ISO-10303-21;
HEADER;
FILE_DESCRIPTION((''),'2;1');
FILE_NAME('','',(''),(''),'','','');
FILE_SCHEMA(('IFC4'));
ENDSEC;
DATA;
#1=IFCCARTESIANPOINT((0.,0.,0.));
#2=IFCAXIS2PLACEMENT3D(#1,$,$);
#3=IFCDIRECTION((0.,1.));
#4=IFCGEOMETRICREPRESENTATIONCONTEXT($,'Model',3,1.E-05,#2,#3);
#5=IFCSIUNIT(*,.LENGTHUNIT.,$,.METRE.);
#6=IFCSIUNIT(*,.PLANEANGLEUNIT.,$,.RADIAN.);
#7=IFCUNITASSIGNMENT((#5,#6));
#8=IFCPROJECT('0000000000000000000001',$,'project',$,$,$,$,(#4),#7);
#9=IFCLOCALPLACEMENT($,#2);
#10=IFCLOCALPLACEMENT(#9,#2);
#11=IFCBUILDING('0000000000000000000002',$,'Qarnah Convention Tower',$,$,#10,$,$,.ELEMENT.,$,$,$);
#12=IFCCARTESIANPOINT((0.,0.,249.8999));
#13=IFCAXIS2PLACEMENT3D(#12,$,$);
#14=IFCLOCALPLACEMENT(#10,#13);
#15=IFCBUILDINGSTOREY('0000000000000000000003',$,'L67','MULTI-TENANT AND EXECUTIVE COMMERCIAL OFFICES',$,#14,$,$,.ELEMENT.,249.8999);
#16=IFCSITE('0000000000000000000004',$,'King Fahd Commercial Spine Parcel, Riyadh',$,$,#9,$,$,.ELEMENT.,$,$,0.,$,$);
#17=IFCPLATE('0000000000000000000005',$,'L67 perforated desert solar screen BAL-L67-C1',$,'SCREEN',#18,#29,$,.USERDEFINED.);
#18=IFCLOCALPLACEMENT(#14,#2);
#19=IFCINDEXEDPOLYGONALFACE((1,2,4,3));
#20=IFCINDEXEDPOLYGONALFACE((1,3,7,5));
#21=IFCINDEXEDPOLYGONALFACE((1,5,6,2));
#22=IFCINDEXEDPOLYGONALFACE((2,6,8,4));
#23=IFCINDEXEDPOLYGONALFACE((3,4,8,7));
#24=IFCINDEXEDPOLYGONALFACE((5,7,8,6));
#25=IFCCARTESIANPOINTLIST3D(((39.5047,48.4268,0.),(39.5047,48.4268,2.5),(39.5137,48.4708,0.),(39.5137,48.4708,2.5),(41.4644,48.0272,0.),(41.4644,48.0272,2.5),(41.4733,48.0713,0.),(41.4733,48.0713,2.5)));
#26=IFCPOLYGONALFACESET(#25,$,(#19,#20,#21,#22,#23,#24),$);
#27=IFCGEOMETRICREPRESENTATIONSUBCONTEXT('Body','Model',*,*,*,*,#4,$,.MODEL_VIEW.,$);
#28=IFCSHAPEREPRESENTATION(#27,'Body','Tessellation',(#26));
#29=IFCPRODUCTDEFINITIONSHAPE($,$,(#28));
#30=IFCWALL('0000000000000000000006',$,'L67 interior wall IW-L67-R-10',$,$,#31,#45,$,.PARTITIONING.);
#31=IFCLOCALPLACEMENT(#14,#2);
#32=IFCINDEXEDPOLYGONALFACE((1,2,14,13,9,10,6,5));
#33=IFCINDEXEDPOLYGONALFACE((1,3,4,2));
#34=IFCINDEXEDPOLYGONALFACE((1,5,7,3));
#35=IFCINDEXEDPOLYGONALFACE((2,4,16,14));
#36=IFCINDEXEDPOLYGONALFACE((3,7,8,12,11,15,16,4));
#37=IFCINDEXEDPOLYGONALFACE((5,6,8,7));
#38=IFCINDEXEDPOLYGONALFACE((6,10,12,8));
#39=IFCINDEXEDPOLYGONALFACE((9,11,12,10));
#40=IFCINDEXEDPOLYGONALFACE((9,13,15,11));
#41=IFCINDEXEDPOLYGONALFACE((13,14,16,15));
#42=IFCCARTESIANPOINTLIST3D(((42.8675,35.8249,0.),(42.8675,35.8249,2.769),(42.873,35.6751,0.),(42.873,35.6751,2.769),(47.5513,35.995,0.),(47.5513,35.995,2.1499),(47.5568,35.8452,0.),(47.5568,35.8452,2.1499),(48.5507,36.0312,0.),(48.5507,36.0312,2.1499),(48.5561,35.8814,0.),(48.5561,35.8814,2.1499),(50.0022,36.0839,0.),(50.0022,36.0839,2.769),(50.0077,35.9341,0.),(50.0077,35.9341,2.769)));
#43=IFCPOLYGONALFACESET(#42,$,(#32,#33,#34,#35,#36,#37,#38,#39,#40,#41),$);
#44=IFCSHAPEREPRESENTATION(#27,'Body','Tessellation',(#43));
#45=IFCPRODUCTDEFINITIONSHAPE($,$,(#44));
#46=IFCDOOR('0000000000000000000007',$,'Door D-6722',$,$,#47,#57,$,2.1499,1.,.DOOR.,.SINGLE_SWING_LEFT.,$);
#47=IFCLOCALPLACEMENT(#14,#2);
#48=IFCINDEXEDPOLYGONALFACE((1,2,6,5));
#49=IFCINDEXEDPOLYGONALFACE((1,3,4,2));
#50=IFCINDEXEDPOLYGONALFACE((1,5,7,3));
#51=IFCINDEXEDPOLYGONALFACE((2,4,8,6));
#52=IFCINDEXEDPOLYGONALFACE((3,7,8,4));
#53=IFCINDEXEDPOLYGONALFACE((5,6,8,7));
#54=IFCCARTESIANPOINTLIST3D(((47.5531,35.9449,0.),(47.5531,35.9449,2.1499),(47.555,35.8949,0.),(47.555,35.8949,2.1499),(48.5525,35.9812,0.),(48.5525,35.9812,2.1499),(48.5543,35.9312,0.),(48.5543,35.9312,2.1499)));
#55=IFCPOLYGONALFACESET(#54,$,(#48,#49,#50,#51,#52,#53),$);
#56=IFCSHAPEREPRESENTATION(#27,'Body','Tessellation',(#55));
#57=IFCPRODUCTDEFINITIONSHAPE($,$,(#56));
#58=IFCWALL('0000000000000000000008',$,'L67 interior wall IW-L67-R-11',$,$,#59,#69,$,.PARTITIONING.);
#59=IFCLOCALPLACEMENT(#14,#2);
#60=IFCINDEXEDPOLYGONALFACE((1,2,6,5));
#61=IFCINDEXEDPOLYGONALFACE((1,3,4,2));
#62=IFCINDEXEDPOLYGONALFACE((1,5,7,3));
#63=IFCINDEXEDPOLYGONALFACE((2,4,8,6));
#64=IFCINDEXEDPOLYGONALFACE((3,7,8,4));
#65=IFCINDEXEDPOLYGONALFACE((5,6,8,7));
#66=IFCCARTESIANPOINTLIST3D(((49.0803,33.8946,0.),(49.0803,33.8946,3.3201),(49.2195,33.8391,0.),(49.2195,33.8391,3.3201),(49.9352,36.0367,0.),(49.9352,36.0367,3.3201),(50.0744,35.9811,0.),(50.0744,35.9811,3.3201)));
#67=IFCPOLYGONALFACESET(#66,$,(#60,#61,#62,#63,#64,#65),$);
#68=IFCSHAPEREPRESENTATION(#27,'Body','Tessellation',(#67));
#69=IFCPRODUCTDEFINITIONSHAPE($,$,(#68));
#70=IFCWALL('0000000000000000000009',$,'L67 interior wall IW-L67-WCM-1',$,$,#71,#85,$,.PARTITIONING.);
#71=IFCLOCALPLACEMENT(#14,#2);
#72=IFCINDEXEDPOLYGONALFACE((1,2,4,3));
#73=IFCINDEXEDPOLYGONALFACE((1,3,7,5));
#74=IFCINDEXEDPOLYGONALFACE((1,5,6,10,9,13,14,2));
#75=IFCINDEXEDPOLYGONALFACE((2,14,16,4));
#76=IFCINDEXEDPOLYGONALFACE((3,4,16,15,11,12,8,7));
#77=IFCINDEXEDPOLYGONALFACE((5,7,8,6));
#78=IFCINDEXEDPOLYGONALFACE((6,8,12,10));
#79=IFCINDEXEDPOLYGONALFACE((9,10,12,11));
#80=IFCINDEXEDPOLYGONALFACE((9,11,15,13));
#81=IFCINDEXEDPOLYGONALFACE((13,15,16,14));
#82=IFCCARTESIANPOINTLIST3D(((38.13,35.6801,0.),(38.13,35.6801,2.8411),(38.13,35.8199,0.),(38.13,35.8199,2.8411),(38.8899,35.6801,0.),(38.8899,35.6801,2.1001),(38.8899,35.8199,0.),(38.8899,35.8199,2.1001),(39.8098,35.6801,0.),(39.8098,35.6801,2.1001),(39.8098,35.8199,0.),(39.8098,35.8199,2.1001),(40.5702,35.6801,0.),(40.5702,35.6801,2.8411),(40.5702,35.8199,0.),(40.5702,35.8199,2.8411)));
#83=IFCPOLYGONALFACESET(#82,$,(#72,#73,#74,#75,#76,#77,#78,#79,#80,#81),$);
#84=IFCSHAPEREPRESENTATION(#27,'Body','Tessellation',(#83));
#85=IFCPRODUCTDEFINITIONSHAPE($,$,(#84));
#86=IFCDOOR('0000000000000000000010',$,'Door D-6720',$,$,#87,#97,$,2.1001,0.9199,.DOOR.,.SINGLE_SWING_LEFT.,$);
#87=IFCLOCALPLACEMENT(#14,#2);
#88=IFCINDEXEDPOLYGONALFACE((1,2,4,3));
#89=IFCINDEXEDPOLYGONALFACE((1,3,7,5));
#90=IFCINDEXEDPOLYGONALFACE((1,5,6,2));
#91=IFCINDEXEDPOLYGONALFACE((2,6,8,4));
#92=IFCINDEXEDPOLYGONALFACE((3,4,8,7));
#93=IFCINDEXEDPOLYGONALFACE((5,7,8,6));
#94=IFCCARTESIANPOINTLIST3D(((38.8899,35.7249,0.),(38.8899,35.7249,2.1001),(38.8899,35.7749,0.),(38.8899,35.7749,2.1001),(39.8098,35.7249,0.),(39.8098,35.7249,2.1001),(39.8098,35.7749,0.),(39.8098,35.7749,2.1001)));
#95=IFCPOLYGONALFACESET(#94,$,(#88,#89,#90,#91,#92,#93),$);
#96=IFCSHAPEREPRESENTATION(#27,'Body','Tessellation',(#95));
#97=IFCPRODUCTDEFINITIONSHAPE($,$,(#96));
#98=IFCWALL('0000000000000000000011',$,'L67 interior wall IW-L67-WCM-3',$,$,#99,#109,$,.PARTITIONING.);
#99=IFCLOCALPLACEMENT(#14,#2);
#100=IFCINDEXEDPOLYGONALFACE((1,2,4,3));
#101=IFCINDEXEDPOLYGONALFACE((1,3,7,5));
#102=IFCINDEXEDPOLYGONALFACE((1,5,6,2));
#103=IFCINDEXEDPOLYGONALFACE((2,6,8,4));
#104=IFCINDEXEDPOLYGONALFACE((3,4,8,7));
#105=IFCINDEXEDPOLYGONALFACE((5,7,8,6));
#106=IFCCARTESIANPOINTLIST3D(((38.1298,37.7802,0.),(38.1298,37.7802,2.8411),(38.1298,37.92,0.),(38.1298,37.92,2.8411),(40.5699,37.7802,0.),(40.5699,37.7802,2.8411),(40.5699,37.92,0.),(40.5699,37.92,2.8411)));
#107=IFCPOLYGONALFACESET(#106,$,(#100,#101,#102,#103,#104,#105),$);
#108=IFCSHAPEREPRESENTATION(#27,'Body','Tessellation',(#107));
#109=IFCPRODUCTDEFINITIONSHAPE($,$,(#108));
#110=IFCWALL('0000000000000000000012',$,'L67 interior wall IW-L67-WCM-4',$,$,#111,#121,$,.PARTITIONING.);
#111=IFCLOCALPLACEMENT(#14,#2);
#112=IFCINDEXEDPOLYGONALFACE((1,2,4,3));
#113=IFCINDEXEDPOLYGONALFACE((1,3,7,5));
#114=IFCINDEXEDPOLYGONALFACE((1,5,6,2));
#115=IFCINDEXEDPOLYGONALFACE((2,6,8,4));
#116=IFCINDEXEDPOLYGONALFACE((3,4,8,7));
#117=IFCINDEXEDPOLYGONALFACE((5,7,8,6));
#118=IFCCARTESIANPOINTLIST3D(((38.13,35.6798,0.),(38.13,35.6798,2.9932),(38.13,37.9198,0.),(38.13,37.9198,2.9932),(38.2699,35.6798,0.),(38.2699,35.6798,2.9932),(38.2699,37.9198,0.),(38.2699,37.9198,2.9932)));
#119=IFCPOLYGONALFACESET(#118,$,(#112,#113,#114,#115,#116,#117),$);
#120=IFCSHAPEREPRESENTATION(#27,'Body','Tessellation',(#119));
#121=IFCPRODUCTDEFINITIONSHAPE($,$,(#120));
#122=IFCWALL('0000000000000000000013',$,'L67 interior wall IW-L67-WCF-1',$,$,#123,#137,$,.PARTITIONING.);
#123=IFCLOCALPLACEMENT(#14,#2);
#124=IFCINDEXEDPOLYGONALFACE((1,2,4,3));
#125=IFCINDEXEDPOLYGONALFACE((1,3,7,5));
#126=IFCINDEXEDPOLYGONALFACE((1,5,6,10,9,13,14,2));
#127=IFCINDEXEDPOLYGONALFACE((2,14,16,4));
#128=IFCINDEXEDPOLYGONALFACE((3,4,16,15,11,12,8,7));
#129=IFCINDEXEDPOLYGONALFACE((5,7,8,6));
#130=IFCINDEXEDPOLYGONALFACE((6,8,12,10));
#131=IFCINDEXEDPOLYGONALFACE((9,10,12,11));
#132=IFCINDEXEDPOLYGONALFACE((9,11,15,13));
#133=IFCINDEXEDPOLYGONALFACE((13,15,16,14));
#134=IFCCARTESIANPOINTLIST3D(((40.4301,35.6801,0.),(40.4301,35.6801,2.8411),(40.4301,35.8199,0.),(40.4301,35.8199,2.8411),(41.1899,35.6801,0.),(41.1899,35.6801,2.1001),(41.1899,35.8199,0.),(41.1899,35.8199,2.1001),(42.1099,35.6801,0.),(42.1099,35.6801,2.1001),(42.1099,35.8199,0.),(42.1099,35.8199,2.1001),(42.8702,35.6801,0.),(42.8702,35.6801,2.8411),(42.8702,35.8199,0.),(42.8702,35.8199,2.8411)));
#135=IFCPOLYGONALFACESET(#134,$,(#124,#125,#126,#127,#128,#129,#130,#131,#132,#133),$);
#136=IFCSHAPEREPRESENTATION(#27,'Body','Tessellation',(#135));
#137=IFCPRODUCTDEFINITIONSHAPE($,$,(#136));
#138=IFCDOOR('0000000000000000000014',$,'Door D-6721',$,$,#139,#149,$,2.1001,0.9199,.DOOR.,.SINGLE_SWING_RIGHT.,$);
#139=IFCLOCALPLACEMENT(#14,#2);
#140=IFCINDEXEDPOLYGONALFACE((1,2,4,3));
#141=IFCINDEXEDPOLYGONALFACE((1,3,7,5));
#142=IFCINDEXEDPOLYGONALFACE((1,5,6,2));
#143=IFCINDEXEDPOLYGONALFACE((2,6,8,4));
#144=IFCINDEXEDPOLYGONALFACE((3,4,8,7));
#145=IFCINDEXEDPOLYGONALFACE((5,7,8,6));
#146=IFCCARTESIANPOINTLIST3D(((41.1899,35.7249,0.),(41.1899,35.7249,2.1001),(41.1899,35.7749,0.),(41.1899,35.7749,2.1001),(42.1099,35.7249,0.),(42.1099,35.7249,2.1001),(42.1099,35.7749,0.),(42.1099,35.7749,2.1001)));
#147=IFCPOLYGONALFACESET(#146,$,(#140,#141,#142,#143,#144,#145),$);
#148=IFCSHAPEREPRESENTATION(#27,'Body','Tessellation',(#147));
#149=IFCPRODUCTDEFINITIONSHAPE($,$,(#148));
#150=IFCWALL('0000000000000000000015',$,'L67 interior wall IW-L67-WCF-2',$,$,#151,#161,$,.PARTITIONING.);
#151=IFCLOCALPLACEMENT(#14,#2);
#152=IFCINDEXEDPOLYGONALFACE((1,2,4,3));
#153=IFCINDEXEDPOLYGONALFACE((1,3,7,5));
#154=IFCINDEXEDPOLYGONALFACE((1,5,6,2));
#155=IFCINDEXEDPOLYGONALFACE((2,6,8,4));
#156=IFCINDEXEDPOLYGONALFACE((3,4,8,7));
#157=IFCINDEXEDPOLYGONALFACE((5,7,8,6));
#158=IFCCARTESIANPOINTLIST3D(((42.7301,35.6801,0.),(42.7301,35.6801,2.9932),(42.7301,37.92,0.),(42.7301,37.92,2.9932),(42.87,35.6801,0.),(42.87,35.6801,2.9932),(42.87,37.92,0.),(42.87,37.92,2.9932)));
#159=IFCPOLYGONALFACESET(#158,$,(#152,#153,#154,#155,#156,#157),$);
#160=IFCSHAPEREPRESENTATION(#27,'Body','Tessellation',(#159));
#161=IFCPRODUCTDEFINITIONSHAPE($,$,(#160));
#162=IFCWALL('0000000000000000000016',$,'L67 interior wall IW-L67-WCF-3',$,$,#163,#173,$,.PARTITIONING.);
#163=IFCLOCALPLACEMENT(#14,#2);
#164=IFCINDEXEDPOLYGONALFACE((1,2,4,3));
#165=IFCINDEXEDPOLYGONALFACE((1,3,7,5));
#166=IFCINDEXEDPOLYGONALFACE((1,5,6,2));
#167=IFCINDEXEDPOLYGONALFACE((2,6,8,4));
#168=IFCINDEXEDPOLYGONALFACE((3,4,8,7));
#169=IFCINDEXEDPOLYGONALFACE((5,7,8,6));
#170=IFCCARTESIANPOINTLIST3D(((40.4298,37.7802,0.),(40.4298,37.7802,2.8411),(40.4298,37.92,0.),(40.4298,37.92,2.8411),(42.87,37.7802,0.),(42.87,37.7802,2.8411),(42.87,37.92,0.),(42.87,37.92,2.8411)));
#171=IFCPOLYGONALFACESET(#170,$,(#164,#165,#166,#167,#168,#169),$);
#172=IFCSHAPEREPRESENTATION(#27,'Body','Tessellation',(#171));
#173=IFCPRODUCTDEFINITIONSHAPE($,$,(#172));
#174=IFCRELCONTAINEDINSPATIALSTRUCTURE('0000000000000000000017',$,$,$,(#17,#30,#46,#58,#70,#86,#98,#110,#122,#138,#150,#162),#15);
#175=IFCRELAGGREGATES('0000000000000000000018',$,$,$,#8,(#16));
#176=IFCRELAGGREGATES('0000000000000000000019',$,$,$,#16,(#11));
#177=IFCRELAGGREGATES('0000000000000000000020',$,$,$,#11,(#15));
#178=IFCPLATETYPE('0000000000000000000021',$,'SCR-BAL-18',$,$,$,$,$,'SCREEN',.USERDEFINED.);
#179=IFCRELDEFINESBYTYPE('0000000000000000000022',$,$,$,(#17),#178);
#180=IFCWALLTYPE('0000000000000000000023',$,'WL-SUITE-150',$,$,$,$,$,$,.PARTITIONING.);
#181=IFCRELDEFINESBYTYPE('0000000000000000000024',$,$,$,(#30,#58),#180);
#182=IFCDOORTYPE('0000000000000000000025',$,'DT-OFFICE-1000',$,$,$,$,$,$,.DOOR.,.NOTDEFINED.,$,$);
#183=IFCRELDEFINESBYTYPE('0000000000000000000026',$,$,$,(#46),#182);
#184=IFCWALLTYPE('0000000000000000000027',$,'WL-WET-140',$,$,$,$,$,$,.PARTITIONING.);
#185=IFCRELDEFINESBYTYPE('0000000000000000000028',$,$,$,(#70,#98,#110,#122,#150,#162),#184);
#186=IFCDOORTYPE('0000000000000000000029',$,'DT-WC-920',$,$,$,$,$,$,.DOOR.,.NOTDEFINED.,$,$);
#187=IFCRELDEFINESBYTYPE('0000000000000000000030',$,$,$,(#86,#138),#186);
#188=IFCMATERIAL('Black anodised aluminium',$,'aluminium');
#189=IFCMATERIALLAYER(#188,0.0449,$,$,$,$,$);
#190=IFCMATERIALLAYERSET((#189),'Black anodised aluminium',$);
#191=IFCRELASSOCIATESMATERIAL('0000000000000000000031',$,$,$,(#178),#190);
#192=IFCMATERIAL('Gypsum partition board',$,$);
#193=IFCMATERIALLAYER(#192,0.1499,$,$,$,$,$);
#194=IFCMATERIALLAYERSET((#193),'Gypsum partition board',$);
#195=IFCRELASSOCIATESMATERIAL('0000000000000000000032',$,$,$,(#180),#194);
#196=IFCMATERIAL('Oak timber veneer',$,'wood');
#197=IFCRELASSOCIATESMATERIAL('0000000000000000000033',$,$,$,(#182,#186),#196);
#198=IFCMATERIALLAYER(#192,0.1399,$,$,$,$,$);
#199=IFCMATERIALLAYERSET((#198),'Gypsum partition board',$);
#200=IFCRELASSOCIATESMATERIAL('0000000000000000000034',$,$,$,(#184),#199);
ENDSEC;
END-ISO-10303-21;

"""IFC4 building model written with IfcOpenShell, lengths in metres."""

from ifc_helpers import new_model, si_unit, direction, frame, frame_2d, origin, origin_2d, place, context, subcontext, project, spatial, rectangle, extrude, material, layer, layer_set, type_object, element, fill, save


model = new_model("IFC4")

# Units and contexts
model_context = context("Model", 3, precision=1e-05, world=origin(), true_north=direction((0.0, 1.0)))
body_context = subcontext(model_context, "Body", "Model", "MODEL_VIEW")
ifc_project = project(units=[si_unit("LENGTHUNIT", "METRE"), si_unit("PLANEANGLEUNIT", "RADIAN")], contexts=[model_context])

# Site, building, storey
site_placement = place(None, origin())
site = spatial("IfcSite", under=ifc_project, at=site_placement, Name="King Fahd Commercial Spine Parcel, Riyadh", CompositionType="ELEMENT", RefElevation=0.0)
building_placement = place(site_placement, origin())
building = spatial("IfcBuilding", under=site, at=building_placement, Name="Qarnah Convention Tower", CompositionType="ELEMENT")
storey_placement = place(building_placement, frame((0.0, 0.0, 249.8999)))
storey = spatial("IfcBuildingStorey", under=building, at=storey_placement, Name="L67", Description="MULTI-TENANT AND EXECUTIVE COMMERCIAL OFFICES", CompositionType="ELEMENT", Elevation=249.8999)

# Shared definitions
ifc_material_1 = material(Name="Black anodised aluminium", Category="aluminium")

# Plate
ifc_layer_1 = layer(ifc_material_1, 0.0449)
ifc_layer_set_1 = layer_set([ifc_layer_1], Name="Black anodised aluminium")
plate_type_1 = type_object("IfcPlateType", Name="SCR-BAL-18", ElementType="SCREEN", PredefinedType="USERDEFINED", material=ifc_layer_set_1)
plate_1_placement = place(storey_placement, frame((40.489, 48.249, 0.0), z_axis=(0.0, 0.0, 1.0), x_axis=(0.979843, -0.199768, 0.0)))
element("IfcPlate", 1, at=plate_1_placement, inside=storey, type_object=plate_type_1, Name="L67 perforated desert solar screen BAL-L67-C1", ObjectType="SCREEN", PredefinedType="USERDEFINED", context=body_context, shape_type="SweptSolid", body=[
    extrude(rectangle(XDim=2.0, YDim=0.0449, at=origin_2d()), origin(), (0.0, 0.0, 1.0), 2.5),
])

# Wall, opening, door
ifc_material_2 = material(Name="Gypsum partition board")
ifc_layer_2 = layer(ifc_material_2, 0.1499)
ifc_layer_set_2 = layer_set([ifc_layer_2], Name="Gypsum partition board")
wall_type_1 = type_object("IfcWallType", Name="WL-SUITE-150", PredefinedType="PARTITIONING", material=ifc_layer_set_2)
wall_1_placement = place(storey_placement, frame((42.8701, 35.75, 0.0), z_axis=(0.0, 0.0, 1.0), x_axis=(0.999342, 0.036282, 0.0)))
wall_1 = element("IfcWall", 2, at=wall_1_placement, inside=storey, type_object=wall_type_1, Name="L67 interior wall IW-L67-R-10", PredefinedType="PARTITIONING", context=body_context, shape_type="SweptSolid", body=[
    extrude(rectangle(XDim=7.1394, YDim=0.1499, at=frame_2d((3.5698, 0.0))), origin(), (0.0, 0.0, 1.0), 2.769),
])
opening_1_placement = place(wall_1_placement, frame((4.687, 0.0, 0.0)))
opening_1 = element("IfcOpeningElement", 3, at=opening_1_placement, cuts=wall_1, PredefinedType="OPENING", context=body_context, shape_type="SweptSolid", body=[
    extrude(rectangle(XDim=1.0, YDim=2.1499, at=frame_2d((0.5, 1.075))), frame((0.0, 0.085, 0.0), z_axis=(0.0, -1.0, 0.0), x_axis=(1.0, 0.0, 0.0)), (0.0, 0.0, 1.0), 0.1699),
])
ifc_material_3 = material(Name="Oak timber veneer", Category="wood")
door_type_1 = type_object("IfcDoorType", Name="DT-OFFICE-1000", OperationType="NOTDEFINED", PredefinedType="DOOR", material=ifc_material_3)
door_1_placement = place(opening_1_placement, origin())
door_1 = element("IfcDoor", 4, at=door_1_placement, inside=storey, type_object=door_type_1, Name="Door D-6722", OperationType="SINGLE_SWING_LEFT", OverallHeight=2.1499, OverallWidth=1.0, PredefinedType="DOOR", context=body_context, shape_type="SweptSolid", body=[
    extrude(rectangle(XDim=1.0, YDim=2.1499, at=frame_2d((0.5, 1.075))), frame((0.0, 0.0249, 0.0), z_axis=(0.0, -1.0, 0.0), x_axis=(1.0, 0.0, 0.0)), (0.0, 0.0, 1.0), 0.05),
])
fill(opening_1, door_1)

# Wall
wall_2_placement = place(storey_placement, frame((50.0049, 36.009, 0.0), z_axis=(0.0, 0.0, 1.0), x_axis=(-0.370697, -0.928754, 0.0)))
element("IfcWall", 5, at=wall_2_placement, inside=storey, type_object=wall_type_1, Name="L67 interior wall IW-L67-R-11", PredefinedType="PARTITIONING", context=body_context, shape_type="SweptSolid", body=[
    extrude(rectangle(XDim=2.3064, YDim=0.1499, at=frame_2d((1.1533, 0.0))), origin(), (0.0, 0.0, 1.0), 3.3201),
])

# Wall, opening, door
ifc_layer_3 = layer(ifc_material_2, 0.1399)
ifc_layer_set_3 = layer_set([ifc_layer_3], Name="Gypsum partition board")
wall_type_2 = type_object("IfcWallType", Name="WL-WET-140", PredefinedType="PARTITIONING", material=ifc_layer_set_3)
wall_3_placement = place(storey_placement, frame((38.1299, 35.75, 0.0), z_axis=(0.0, 0.0, 1.0), x_axis=(1.0, 0.0, 0.0)))
wall_3 = element("IfcWall", 6, at=wall_3_placement, inside=storey, type_object=wall_type_2, Name="L67 interior wall IW-L67-WCM-1", PredefinedType="PARTITIONING", context=body_context, shape_type="SweptSolid", body=[
    extrude(rectangle(XDim=2.4402, YDim=0.1399, at=frame_2d((1.2202, 0.0))), origin(), (0.0, 0.0, 1.0), 2.8411),
])
opening_2_placement = place(wall_3_placement, frame((0.76, 0.0, 0.0)))
opening_2 = element("IfcOpeningElement", 7, at=opening_2_placement, cuts=wall_3, PredefinedType="OPENING", context=body_context, shape_type="SweptSolid", body=[
    extrude(rectangle(XDim=0.9199, YDim=2.1001, at=frame_2d((0.46, 1.05))), frame((0.0, 0.0798, 0.0), z_axis=(0.0, -1.0, 0.0), x_axis=(1.0, 0.0, 0.0)), (0.0, 0.0, 1.0), 0.1599),
])
door_type_2 = type_object("IfcDoorType", Name="DT-WC-920", OperationType="NOTDEFINED", PredefinedType="DOOR", material=ifc_material_3)
door_2_placement = place(opening_2_placement, origin())
door_2 = element("IfcDoor", 8, at=door_2_placement, inside=storey, type_object=door_type_2, Name="Door D-6720", OperationType="SINGLE_SWING_LEFT", OverallHeight=2.1001, OverallWidth=0.9199, PredefinedType="DOOR", context=body_context, shape_type="SweptSolid", body=[
    extrude(rectangle(XDim=0.9199, YDim=2.1001, at=frame_2d((0.46, 1.05))), frame((0.0, 0.0249, 0.0), z_axis=(0.0, -1.0, 0.0), x_axis=(1.0, 0.0, 0.0)), (0.0, 0.0, 1.0), 0.05),
])
fill(opening_2, door_2)

# Walls
wall_4_placement = place(storey_placement, frame((40.5701, 37.8501, 0.0), z_axis=(0.0, 0.0, 1.0), x_axis=(-1.0, 0.0, 0.0)))
element("IfcWall", 9, at=wall_4_placement, inside=storey, type_object=wall_type_2, Name="L67 interior wall IW-L67-WCM-3", PredefinedType="PARTITIONING", context=body_context, shape_type="SweptSolid", body=[
    extrude(rectangle(XDim=2.4402, YDim=0.1399, at=frame_2d((1.2202, 0.0))), origin(), (0.0, 0.0, 1.0), 2.8411),
])
wall_5_placement = place(storey_placement, frame((38.2, 37.9199, 0.0), z_axis=(0.0, 0.0, 1.0), x_axis=(0.0, -1.0, 0.0)))
element("IfcWall", 10, at=wall_5_placement, inside=storey, type_object=wall_type_2, Name="L67 interior wall IW-L67-WCM-4", PredefinedType="PARTITIONING", context=body_context, shape_type="SweptSolid", body=[
    extrude(rectangle(XDim=2.24, YDim=0.1399, at=frame_2d((1.1201, 0.0))), origin(), (0.0, 0.0, 1.0), 2.9932),
])

# Wall, opening, door
wall_6_placement = place(storey_placement, frame((40.4299, 35.75, 0.0), z_axis=(0.0, 0.0, 1.0), x_axis=(1.0, 0.0, 0.0)))
wall_6 = element("IfcWall", 11, at=wall_6_placement, inside=storey, type_object=wall_type_2, Name="L67 interior wall IW-L67-WCF-1", PredefinedType="PARTITIONING", context=body_context, shape_type="SweptSolid", body=[
    extrude(rectangle(XDim=2.4402, YDim=0.1399, at=frame_2d((1.2202, 0.0))), origin(), (0.0, 0.0, 1.0), 2.8411),
])
opening_3_placement = place(wall_6_placement, frame((0.76, 0.0, 0.0)))
opening_3 = element("IfcOpeningElement", 12, at=opening_3_placement, cuts=wall_6, PredefinedType="OPENING", context=body_context, shape_type="SweptSolid", body=[
    extrude(rectangle(XDim=0.9199, YDim=2.1001, at=frame_2d((0.46, 1.05))), frame((0.0, 0.0798, 0.0), z_axis=(0.0, -1.0, 0.0), x_axis=(1.0, 0.0, 0.0)), (0.0, 0.0, 1.0), 0.1599),
])
door_3_placement = place(opening_3_placement, origin())
door_3 = element("IfcDoor", 13, at=door_3_placement, inside=storey, type_object=door_type_2, Name="Door D-6721", OperationType="SINGLE_SWING_RIGHT", OverallHeight=2.1001, OverallWidth=0.9199, PredefinedType="DOOR", context=body_context, shape_type="SweptSolid", body=[
    extrude(rectangle(XDim=0.9199, YDim=2.1001, at=frame_2d((0.46, 1.05))), frame((0.0, 0.0249, 0.0), z_axis=(0.0, -1.0, 0.0), x_axis=(1.0, 0.0, 0.0)), (0.0, 0.0, 1.0), 0.05),
])
fill(opening_3, door_3)

# Walls
wall_7_placement = place(storey_placement, frame((42.8, 35.6799, 0.0), z_axis=(0.0, 0.0, 1.0), x_axis=(0.0, 1.0, 0.0)))
element("IfcWall", 14, at=wall_7_placement, inside=storey, type_object=wall_type_2, Name="L67 interior wall IW-L67-WCF-2", PredefinedType="PARTITIONING", context=body_context, shape_type="SweptSolid", body=[
    extrude(rectangle(XDim=2.24, YDim=0.1399, at=frame_2d((1.1201, 0.0))), origin(), (0.0, 0.0, 1.0), 2.9932),
])
wall_8_placement = place(storey_placement, frame((42.8701, 37.8501, 0.0), z_axis=(0.0, 0.0, 1.0), x_axis=(-1.0, 0.0, 0.0)))
element("IfcWall", 15, at=wall_8_placement, inside=storey, type_object=wall_type_2, Name="L67 interior wall IW-L67-WCF-3", PredefinedType="PARTITIONING", context=body_context, shape_type="SweptSolid", body=[
    extrude(rectangle(XDim=2.4402, YDim=0.1399, at=frame_2d((1.2202, 0.0))), origin(), (0.0, 0.0, 1.0), 2.8411),
])

save(model, "model.ifc")
